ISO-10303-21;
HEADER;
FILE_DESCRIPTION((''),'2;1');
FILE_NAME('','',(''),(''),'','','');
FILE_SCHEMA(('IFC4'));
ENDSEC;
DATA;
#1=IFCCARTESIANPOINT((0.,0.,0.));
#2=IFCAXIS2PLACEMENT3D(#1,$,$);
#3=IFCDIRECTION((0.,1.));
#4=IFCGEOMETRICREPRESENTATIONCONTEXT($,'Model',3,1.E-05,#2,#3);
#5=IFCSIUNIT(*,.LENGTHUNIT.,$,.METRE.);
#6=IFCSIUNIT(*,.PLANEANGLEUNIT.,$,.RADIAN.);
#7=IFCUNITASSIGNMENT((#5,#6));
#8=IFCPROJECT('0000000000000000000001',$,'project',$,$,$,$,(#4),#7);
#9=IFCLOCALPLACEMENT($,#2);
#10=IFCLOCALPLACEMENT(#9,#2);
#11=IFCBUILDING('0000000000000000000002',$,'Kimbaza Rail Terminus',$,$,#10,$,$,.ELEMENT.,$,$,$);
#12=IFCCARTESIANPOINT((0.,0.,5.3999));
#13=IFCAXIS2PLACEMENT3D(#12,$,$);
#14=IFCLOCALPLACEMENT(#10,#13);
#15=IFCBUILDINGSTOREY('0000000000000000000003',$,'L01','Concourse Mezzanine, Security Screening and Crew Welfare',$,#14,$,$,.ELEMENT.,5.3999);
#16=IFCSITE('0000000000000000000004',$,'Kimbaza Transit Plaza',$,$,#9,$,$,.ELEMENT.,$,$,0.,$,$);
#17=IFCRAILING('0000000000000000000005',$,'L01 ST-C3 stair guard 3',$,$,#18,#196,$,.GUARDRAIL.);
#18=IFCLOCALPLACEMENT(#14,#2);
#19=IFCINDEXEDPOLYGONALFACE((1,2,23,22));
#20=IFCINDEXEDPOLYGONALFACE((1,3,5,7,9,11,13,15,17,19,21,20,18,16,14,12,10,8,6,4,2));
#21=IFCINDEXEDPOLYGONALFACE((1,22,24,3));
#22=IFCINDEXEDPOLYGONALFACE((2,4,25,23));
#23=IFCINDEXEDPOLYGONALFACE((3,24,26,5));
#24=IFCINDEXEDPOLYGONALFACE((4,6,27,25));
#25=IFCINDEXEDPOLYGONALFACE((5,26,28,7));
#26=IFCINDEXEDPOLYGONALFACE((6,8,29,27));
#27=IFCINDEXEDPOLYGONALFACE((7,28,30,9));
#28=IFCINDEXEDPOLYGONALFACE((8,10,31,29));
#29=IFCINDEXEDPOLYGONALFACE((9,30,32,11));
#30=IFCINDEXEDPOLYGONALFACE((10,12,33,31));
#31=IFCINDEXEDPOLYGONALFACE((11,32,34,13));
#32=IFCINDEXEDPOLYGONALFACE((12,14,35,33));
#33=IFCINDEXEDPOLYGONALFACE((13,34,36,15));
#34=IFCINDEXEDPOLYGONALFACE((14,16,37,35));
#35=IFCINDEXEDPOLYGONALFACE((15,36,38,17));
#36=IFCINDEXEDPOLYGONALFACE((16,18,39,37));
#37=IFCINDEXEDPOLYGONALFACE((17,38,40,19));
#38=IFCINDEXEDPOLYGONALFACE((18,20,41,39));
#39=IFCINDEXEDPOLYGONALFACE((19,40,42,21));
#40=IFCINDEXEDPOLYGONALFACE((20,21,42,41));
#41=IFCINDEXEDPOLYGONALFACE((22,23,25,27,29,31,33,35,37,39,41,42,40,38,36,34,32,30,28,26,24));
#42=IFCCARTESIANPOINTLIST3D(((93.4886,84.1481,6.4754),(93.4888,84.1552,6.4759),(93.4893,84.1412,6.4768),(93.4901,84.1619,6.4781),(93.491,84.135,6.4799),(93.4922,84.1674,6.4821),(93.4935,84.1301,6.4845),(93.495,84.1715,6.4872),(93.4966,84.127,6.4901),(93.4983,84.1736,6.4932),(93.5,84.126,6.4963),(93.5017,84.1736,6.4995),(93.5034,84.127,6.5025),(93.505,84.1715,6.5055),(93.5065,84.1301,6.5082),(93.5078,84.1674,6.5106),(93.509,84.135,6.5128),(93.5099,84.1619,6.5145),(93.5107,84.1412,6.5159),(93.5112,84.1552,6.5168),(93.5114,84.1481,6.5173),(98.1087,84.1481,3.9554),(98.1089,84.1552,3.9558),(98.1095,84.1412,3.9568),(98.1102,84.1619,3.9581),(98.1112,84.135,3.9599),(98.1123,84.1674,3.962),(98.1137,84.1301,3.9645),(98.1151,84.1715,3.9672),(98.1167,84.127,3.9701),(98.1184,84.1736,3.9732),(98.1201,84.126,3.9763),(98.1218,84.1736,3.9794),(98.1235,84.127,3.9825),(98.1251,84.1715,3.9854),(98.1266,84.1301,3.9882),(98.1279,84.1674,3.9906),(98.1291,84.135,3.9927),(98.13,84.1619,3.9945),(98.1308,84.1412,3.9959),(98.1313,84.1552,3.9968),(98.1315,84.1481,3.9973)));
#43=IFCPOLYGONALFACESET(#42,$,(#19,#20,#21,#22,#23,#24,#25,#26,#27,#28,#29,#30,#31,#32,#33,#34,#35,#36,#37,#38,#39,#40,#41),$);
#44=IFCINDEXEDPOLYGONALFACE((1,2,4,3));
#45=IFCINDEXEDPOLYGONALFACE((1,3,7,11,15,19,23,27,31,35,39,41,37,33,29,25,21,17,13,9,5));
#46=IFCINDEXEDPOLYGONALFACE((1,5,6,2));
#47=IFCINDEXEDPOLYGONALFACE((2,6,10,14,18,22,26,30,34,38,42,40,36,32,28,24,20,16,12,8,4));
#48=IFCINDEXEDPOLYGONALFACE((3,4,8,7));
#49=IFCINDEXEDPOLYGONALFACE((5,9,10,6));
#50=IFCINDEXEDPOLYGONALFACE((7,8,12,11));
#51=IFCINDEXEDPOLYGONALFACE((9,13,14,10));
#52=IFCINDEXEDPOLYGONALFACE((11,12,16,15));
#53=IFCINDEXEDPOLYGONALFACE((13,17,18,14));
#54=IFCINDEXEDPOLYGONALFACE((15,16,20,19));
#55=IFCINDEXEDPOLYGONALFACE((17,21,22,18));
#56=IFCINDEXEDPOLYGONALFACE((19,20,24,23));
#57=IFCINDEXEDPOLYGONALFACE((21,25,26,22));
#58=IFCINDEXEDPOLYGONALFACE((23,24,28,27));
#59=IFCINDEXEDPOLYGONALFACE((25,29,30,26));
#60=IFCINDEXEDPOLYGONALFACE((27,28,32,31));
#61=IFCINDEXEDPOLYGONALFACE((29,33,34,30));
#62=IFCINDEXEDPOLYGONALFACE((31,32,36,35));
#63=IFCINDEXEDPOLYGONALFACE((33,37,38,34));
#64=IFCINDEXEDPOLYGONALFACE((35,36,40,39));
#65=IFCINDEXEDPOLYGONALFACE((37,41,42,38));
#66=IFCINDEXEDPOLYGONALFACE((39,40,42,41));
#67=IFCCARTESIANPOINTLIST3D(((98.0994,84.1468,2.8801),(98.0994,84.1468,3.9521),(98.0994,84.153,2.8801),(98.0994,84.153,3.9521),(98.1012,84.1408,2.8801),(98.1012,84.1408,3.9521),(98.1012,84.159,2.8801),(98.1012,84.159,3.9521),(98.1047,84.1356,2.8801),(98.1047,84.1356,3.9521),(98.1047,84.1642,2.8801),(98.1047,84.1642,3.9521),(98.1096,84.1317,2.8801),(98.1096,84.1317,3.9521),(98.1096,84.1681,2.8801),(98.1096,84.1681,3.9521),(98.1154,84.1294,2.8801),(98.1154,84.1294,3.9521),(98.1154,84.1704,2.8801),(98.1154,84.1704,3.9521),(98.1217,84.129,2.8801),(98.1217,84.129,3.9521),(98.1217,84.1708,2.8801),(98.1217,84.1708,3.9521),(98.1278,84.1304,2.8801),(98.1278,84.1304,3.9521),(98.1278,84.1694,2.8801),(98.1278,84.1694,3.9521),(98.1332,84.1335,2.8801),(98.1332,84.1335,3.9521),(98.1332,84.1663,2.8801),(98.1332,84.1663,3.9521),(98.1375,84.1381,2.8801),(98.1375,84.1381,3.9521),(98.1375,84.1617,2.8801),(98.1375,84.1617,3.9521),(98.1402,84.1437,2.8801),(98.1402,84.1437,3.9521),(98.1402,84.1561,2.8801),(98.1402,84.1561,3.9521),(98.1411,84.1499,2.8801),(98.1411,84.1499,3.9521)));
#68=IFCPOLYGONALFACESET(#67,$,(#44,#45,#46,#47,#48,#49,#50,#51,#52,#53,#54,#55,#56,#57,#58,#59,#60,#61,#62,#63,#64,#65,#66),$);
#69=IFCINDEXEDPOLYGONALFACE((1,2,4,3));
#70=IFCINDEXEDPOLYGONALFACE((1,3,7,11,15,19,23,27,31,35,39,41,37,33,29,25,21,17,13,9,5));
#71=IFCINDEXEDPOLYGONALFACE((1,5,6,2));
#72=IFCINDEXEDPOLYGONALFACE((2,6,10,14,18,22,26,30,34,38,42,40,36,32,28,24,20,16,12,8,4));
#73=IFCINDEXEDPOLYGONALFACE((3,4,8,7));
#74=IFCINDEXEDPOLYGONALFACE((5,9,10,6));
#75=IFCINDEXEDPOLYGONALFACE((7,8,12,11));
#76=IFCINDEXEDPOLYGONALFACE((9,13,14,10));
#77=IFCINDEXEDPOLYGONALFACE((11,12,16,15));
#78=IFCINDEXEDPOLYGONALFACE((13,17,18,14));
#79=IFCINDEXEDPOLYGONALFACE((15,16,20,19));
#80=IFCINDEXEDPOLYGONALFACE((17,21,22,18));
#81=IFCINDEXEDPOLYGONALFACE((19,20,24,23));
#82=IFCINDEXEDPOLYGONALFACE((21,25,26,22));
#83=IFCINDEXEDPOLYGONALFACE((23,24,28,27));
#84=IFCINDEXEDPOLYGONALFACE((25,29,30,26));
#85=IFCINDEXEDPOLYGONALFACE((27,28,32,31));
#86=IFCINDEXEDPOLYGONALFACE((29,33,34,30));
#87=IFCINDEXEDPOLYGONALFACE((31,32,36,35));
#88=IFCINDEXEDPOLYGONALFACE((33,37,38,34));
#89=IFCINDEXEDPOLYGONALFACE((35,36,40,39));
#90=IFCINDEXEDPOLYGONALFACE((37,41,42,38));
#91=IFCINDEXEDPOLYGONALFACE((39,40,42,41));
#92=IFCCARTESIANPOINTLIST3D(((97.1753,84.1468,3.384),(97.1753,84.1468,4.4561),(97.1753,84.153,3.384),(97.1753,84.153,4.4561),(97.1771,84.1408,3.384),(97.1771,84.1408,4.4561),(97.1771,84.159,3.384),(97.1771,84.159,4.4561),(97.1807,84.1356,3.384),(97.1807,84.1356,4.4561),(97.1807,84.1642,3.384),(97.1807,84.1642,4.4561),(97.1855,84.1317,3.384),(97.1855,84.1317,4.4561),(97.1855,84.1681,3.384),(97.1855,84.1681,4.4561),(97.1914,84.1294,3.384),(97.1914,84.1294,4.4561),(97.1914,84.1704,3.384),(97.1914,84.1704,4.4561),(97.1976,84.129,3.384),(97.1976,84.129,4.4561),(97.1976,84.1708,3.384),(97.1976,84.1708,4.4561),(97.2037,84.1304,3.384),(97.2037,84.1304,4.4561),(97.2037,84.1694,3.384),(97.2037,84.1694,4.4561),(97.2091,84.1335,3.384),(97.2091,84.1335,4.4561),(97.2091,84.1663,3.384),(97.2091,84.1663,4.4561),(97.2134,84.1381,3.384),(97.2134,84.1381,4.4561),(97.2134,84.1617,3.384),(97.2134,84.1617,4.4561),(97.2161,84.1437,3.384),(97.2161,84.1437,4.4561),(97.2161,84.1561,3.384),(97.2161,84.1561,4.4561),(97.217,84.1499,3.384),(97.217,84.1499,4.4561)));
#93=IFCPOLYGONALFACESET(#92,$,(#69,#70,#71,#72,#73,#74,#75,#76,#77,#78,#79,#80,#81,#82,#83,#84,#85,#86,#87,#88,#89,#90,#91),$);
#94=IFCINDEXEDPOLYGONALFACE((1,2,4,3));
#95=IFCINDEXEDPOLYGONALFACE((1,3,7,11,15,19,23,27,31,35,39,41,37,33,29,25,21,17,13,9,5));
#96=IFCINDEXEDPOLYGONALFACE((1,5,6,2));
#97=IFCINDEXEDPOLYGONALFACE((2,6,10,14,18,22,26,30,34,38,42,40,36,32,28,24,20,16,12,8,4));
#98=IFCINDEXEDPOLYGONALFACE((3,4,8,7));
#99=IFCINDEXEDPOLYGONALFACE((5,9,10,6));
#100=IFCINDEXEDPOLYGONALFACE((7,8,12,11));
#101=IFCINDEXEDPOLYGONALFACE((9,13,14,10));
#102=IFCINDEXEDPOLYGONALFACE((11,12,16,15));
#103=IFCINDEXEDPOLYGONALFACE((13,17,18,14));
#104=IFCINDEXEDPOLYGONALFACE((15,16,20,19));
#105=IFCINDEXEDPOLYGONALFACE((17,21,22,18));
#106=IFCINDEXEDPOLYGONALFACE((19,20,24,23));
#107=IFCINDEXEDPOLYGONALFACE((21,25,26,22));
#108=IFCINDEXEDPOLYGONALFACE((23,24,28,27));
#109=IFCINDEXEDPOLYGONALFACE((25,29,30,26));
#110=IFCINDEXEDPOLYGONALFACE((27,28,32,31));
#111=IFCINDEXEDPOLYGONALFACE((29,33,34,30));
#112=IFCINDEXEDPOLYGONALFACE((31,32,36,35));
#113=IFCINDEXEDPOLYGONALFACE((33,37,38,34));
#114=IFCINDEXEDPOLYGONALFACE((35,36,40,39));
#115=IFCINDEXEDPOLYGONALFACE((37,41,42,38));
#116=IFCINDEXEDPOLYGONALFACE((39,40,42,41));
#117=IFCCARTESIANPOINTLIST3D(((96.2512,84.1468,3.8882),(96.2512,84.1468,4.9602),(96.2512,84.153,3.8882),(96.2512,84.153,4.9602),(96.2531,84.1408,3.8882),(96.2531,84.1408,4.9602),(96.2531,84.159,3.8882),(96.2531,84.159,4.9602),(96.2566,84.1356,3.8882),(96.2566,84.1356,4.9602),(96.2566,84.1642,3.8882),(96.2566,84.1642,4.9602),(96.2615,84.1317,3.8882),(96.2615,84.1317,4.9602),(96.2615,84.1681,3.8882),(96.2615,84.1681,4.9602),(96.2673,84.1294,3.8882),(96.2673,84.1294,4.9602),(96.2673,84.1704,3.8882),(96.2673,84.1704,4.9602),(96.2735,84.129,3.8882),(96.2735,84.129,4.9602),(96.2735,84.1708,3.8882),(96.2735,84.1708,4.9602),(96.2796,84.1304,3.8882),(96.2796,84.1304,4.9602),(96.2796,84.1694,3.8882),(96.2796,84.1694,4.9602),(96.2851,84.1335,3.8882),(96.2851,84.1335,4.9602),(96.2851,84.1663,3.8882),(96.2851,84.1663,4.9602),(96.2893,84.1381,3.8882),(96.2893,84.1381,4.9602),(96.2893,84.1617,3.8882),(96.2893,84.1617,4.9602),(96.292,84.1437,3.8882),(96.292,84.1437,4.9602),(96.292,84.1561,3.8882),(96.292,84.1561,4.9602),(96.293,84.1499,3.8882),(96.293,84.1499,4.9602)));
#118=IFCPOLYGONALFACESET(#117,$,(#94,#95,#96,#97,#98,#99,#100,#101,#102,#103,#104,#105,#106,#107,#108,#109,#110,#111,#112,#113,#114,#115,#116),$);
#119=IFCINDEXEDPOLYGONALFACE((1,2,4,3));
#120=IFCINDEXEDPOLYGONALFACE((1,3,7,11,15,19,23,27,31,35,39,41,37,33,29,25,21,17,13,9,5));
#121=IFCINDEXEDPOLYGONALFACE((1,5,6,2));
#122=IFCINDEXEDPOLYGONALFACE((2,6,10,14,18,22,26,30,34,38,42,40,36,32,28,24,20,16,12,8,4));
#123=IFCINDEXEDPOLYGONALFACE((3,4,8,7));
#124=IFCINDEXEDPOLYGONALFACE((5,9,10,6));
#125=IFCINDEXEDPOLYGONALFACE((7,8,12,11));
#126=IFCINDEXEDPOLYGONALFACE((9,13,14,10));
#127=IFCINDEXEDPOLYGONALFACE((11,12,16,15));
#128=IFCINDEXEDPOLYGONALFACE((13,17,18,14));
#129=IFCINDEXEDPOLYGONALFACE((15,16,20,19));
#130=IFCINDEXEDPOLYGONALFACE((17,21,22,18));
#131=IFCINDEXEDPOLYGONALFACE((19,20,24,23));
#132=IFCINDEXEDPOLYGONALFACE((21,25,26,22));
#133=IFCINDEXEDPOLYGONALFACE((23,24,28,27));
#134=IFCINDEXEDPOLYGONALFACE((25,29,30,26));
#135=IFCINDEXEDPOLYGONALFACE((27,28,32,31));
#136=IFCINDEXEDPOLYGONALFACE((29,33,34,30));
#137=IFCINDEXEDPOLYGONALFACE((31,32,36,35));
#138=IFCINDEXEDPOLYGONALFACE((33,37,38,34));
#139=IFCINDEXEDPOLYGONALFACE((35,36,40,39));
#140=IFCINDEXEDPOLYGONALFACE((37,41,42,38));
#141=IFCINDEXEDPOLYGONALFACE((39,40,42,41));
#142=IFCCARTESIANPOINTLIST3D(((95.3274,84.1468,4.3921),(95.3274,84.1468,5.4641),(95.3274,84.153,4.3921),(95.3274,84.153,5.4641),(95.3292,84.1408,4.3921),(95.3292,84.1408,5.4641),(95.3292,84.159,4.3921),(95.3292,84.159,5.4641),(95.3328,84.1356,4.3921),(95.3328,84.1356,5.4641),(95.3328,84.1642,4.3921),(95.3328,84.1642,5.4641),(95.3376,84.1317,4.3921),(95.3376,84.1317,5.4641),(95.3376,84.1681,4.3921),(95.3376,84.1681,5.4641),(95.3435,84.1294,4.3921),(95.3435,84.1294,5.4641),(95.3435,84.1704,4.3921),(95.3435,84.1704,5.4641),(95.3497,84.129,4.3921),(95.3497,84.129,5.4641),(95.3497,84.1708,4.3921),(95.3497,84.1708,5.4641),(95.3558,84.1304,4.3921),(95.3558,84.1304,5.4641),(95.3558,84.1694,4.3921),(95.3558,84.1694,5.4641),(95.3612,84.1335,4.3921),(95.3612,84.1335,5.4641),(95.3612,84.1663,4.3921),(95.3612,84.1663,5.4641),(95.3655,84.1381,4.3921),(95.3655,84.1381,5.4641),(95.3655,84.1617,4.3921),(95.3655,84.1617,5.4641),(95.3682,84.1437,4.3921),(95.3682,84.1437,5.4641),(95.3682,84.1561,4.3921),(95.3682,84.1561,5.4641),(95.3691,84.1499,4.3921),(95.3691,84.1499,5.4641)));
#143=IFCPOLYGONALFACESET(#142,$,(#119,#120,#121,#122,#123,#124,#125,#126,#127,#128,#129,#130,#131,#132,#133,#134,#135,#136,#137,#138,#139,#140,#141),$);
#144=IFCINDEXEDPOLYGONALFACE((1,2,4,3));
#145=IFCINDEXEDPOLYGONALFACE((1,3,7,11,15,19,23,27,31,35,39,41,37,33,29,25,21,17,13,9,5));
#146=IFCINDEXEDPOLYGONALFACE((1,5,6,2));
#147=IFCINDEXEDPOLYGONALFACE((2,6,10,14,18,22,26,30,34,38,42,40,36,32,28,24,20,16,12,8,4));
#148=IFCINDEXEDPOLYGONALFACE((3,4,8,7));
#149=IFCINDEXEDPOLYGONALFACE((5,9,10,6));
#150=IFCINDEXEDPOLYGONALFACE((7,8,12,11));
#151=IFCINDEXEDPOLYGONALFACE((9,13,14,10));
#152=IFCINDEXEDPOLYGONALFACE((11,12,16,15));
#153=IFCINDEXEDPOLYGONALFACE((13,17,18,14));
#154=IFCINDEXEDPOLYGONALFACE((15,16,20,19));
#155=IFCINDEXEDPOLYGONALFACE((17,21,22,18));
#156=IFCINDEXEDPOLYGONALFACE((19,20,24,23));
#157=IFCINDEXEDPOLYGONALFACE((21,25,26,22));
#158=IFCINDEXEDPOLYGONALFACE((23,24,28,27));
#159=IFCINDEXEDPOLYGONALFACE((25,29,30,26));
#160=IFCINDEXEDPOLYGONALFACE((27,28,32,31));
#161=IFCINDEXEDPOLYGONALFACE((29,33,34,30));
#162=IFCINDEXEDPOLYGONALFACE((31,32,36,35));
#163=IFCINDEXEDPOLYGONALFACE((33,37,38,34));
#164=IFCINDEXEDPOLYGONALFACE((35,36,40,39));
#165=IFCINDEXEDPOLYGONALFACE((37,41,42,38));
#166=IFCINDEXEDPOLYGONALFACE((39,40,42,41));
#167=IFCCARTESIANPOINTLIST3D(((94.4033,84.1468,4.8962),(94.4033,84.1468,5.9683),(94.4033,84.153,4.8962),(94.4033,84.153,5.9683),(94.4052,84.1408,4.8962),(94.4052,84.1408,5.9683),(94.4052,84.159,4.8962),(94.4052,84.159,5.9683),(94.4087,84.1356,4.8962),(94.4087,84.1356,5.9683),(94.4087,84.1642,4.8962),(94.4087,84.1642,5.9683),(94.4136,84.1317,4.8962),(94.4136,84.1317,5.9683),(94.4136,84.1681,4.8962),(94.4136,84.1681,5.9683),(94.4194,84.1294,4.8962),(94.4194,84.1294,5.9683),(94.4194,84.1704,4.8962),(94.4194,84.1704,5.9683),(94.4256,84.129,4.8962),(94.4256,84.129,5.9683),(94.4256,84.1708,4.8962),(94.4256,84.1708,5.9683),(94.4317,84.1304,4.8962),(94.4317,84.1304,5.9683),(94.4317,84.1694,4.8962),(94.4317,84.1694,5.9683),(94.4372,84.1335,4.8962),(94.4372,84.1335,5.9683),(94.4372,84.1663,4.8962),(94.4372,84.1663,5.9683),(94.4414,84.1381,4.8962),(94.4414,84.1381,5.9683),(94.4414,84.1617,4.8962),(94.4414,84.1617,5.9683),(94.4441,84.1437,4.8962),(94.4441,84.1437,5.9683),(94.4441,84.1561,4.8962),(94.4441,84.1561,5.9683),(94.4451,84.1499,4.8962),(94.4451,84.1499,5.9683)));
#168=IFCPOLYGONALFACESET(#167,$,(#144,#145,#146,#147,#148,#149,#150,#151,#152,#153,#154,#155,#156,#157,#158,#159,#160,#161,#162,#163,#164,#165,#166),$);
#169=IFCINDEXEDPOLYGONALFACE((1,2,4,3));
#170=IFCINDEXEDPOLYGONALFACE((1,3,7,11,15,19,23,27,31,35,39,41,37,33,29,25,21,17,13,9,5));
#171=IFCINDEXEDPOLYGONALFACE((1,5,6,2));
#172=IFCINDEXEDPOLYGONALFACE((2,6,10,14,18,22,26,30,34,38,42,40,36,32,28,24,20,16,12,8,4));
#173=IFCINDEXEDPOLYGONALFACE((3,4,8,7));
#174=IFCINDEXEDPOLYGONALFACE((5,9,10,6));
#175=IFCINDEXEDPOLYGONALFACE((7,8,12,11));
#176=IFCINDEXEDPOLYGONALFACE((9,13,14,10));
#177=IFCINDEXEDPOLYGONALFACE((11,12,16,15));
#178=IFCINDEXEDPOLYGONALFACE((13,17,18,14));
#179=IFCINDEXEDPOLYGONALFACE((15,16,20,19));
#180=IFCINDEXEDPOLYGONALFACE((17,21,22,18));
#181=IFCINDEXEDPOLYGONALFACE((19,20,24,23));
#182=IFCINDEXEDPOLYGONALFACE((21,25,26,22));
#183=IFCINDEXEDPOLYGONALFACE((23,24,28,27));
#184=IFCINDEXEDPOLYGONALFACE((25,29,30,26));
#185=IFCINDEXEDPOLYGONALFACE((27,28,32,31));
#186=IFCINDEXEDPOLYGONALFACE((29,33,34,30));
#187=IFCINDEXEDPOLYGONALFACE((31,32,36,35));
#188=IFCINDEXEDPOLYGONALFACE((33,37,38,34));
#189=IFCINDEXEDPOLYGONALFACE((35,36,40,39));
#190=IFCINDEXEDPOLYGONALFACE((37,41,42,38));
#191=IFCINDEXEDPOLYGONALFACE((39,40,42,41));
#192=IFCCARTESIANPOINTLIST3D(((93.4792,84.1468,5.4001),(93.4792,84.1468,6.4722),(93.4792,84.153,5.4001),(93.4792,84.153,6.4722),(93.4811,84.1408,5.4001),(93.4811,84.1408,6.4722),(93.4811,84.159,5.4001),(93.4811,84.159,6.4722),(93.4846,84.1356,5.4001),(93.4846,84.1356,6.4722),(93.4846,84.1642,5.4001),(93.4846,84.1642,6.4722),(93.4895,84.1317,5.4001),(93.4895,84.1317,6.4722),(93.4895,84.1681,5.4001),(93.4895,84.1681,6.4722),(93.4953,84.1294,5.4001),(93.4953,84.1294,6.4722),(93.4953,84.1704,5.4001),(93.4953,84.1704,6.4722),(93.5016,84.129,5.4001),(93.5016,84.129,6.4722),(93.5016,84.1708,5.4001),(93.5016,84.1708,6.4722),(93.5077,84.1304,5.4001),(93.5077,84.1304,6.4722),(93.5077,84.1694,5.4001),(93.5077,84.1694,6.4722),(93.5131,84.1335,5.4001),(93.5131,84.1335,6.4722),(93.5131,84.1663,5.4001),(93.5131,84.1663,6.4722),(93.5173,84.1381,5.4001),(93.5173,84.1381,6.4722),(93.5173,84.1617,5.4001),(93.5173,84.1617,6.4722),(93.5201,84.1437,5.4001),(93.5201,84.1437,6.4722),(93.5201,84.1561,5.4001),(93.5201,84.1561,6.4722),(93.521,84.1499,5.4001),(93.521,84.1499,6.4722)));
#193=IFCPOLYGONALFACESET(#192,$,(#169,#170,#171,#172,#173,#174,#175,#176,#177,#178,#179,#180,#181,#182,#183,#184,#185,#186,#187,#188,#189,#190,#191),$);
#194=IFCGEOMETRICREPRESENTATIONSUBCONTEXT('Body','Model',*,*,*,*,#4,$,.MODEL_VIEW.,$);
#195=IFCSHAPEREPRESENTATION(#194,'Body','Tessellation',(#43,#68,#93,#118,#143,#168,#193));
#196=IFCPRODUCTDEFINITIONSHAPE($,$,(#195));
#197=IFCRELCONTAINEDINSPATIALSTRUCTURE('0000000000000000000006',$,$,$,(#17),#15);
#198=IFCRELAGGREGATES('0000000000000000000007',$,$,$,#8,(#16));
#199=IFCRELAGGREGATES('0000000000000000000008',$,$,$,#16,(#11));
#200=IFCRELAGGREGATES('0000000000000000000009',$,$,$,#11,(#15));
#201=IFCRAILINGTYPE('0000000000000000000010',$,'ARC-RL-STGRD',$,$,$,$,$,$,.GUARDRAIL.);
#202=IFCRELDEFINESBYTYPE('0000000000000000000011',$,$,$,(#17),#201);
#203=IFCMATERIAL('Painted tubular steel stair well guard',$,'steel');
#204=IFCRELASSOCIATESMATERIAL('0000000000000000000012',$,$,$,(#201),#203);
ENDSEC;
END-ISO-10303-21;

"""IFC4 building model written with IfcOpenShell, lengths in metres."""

from ifc_helpers import new_model, si_unit, direction, frame, origin, origin_2d, place, context, subcontext, project, spatial, circle, extrude, material, type_object, element, save


model = new_model("IFC4")

# Units and contexts
model_context = context("Model", 3, precision=1e-05, world=origin(), true_north=direction((0.0, 1.0)))
body_context = subcontext(model_context, "Body", "Model", "MODEL_VIEW")
ifc_project = project(units=[si_unit("LENGTHUNIT", "METRE"), si_unit("PLANEANGLEUNIT", "RADIAN")], contexts=[model_context])

# Site, building, storey
site_placement = place(None, origin())
site = spatial("IfcSite", under=ifc_project, at=site_placement, Name="Kimbaza Transit Plaza", CompositionType="ELEMENT", RefElevation=0.0)
building_placement = place(site_placement, origin())
building = spatial("IfcBuilding", under=site, at=building_placement, Name="Kimbaza Rail Terminus", CompositionType="ELEMENT")
storey_placement = place(building_placement, frame((0.0, 0.0, 5.3999)))
storey = spatial("IfcBuildingStorey", under=building, at=storey_placement, Name="L01", Description="Concourse Mezzanine, Security Screening and Crew Welfare", CompositionType="ELEMENT", Elevation=5.3999)

# Railing
ifc_material_1 = material(Name="Painted tubular steel stair well guard", Category="steel")
railing_type_1 = type_object("IfcRailingType", Name="ARC-RL-STGRD", PredefinedType="GUARDRAIL", material=ifc_material_1)
railing_1_placement = place(storey_placement, frame((98.1201, 84.1499, 2.8801)))
element("IfcRailing", 1, at=railing_1_placement, inside=storey, type_object=railing_type_1, Name="L01 ST-C3 stair guard 3", PredefinedType="GUARDRAIL", context=body_context, shape_type="SweptSolid", body=[
    extrude(circle(Radius=0.0239, at=origin_2d()), frame((0.0, 0.0, 1.0962), z_axis=(-0.877899, 0.0, 0.478846), x_axis=(0.0, -1.0, 0.0)), (0.0, 0.0, 1.0), 5.2627),
    extrude(circle(Radius=0.021, at=origin_2d()), origin(), (0.0, 0.0, 1.0), 1.072),
    extrude(circle(Radius=0.021, at=origin_2d()), frame((-0.9241, 0.0, 0.5039)), (0.0, 0.0, 1.0), 1.072),
    extrude(circle(Radius=0.021, at=origin_2d()), frame((-1.8481, 0.0, 1.0081)), (0.0, 0.0, 1.0), 1.072),
    extrude(circle(Radius=0.021, at=origin_2d()), frame((-2.772, 0.0, 1.512)), (0.0, 0.0, 1.0), 1.072),
    extrude(circle(Radius=0.021, at=origin_2d()), frame((-3.696, 0.0, 2.0161)), (0.0, 0.0, 1.0), 1.072),
    extrude(circle(Radius=0.021, at=origin_2d()), frame((-4.6201, 0.0, 2.52)), (0.0, 0.0, 1.0), 1.072),
])

save(model, "model.ifc")
